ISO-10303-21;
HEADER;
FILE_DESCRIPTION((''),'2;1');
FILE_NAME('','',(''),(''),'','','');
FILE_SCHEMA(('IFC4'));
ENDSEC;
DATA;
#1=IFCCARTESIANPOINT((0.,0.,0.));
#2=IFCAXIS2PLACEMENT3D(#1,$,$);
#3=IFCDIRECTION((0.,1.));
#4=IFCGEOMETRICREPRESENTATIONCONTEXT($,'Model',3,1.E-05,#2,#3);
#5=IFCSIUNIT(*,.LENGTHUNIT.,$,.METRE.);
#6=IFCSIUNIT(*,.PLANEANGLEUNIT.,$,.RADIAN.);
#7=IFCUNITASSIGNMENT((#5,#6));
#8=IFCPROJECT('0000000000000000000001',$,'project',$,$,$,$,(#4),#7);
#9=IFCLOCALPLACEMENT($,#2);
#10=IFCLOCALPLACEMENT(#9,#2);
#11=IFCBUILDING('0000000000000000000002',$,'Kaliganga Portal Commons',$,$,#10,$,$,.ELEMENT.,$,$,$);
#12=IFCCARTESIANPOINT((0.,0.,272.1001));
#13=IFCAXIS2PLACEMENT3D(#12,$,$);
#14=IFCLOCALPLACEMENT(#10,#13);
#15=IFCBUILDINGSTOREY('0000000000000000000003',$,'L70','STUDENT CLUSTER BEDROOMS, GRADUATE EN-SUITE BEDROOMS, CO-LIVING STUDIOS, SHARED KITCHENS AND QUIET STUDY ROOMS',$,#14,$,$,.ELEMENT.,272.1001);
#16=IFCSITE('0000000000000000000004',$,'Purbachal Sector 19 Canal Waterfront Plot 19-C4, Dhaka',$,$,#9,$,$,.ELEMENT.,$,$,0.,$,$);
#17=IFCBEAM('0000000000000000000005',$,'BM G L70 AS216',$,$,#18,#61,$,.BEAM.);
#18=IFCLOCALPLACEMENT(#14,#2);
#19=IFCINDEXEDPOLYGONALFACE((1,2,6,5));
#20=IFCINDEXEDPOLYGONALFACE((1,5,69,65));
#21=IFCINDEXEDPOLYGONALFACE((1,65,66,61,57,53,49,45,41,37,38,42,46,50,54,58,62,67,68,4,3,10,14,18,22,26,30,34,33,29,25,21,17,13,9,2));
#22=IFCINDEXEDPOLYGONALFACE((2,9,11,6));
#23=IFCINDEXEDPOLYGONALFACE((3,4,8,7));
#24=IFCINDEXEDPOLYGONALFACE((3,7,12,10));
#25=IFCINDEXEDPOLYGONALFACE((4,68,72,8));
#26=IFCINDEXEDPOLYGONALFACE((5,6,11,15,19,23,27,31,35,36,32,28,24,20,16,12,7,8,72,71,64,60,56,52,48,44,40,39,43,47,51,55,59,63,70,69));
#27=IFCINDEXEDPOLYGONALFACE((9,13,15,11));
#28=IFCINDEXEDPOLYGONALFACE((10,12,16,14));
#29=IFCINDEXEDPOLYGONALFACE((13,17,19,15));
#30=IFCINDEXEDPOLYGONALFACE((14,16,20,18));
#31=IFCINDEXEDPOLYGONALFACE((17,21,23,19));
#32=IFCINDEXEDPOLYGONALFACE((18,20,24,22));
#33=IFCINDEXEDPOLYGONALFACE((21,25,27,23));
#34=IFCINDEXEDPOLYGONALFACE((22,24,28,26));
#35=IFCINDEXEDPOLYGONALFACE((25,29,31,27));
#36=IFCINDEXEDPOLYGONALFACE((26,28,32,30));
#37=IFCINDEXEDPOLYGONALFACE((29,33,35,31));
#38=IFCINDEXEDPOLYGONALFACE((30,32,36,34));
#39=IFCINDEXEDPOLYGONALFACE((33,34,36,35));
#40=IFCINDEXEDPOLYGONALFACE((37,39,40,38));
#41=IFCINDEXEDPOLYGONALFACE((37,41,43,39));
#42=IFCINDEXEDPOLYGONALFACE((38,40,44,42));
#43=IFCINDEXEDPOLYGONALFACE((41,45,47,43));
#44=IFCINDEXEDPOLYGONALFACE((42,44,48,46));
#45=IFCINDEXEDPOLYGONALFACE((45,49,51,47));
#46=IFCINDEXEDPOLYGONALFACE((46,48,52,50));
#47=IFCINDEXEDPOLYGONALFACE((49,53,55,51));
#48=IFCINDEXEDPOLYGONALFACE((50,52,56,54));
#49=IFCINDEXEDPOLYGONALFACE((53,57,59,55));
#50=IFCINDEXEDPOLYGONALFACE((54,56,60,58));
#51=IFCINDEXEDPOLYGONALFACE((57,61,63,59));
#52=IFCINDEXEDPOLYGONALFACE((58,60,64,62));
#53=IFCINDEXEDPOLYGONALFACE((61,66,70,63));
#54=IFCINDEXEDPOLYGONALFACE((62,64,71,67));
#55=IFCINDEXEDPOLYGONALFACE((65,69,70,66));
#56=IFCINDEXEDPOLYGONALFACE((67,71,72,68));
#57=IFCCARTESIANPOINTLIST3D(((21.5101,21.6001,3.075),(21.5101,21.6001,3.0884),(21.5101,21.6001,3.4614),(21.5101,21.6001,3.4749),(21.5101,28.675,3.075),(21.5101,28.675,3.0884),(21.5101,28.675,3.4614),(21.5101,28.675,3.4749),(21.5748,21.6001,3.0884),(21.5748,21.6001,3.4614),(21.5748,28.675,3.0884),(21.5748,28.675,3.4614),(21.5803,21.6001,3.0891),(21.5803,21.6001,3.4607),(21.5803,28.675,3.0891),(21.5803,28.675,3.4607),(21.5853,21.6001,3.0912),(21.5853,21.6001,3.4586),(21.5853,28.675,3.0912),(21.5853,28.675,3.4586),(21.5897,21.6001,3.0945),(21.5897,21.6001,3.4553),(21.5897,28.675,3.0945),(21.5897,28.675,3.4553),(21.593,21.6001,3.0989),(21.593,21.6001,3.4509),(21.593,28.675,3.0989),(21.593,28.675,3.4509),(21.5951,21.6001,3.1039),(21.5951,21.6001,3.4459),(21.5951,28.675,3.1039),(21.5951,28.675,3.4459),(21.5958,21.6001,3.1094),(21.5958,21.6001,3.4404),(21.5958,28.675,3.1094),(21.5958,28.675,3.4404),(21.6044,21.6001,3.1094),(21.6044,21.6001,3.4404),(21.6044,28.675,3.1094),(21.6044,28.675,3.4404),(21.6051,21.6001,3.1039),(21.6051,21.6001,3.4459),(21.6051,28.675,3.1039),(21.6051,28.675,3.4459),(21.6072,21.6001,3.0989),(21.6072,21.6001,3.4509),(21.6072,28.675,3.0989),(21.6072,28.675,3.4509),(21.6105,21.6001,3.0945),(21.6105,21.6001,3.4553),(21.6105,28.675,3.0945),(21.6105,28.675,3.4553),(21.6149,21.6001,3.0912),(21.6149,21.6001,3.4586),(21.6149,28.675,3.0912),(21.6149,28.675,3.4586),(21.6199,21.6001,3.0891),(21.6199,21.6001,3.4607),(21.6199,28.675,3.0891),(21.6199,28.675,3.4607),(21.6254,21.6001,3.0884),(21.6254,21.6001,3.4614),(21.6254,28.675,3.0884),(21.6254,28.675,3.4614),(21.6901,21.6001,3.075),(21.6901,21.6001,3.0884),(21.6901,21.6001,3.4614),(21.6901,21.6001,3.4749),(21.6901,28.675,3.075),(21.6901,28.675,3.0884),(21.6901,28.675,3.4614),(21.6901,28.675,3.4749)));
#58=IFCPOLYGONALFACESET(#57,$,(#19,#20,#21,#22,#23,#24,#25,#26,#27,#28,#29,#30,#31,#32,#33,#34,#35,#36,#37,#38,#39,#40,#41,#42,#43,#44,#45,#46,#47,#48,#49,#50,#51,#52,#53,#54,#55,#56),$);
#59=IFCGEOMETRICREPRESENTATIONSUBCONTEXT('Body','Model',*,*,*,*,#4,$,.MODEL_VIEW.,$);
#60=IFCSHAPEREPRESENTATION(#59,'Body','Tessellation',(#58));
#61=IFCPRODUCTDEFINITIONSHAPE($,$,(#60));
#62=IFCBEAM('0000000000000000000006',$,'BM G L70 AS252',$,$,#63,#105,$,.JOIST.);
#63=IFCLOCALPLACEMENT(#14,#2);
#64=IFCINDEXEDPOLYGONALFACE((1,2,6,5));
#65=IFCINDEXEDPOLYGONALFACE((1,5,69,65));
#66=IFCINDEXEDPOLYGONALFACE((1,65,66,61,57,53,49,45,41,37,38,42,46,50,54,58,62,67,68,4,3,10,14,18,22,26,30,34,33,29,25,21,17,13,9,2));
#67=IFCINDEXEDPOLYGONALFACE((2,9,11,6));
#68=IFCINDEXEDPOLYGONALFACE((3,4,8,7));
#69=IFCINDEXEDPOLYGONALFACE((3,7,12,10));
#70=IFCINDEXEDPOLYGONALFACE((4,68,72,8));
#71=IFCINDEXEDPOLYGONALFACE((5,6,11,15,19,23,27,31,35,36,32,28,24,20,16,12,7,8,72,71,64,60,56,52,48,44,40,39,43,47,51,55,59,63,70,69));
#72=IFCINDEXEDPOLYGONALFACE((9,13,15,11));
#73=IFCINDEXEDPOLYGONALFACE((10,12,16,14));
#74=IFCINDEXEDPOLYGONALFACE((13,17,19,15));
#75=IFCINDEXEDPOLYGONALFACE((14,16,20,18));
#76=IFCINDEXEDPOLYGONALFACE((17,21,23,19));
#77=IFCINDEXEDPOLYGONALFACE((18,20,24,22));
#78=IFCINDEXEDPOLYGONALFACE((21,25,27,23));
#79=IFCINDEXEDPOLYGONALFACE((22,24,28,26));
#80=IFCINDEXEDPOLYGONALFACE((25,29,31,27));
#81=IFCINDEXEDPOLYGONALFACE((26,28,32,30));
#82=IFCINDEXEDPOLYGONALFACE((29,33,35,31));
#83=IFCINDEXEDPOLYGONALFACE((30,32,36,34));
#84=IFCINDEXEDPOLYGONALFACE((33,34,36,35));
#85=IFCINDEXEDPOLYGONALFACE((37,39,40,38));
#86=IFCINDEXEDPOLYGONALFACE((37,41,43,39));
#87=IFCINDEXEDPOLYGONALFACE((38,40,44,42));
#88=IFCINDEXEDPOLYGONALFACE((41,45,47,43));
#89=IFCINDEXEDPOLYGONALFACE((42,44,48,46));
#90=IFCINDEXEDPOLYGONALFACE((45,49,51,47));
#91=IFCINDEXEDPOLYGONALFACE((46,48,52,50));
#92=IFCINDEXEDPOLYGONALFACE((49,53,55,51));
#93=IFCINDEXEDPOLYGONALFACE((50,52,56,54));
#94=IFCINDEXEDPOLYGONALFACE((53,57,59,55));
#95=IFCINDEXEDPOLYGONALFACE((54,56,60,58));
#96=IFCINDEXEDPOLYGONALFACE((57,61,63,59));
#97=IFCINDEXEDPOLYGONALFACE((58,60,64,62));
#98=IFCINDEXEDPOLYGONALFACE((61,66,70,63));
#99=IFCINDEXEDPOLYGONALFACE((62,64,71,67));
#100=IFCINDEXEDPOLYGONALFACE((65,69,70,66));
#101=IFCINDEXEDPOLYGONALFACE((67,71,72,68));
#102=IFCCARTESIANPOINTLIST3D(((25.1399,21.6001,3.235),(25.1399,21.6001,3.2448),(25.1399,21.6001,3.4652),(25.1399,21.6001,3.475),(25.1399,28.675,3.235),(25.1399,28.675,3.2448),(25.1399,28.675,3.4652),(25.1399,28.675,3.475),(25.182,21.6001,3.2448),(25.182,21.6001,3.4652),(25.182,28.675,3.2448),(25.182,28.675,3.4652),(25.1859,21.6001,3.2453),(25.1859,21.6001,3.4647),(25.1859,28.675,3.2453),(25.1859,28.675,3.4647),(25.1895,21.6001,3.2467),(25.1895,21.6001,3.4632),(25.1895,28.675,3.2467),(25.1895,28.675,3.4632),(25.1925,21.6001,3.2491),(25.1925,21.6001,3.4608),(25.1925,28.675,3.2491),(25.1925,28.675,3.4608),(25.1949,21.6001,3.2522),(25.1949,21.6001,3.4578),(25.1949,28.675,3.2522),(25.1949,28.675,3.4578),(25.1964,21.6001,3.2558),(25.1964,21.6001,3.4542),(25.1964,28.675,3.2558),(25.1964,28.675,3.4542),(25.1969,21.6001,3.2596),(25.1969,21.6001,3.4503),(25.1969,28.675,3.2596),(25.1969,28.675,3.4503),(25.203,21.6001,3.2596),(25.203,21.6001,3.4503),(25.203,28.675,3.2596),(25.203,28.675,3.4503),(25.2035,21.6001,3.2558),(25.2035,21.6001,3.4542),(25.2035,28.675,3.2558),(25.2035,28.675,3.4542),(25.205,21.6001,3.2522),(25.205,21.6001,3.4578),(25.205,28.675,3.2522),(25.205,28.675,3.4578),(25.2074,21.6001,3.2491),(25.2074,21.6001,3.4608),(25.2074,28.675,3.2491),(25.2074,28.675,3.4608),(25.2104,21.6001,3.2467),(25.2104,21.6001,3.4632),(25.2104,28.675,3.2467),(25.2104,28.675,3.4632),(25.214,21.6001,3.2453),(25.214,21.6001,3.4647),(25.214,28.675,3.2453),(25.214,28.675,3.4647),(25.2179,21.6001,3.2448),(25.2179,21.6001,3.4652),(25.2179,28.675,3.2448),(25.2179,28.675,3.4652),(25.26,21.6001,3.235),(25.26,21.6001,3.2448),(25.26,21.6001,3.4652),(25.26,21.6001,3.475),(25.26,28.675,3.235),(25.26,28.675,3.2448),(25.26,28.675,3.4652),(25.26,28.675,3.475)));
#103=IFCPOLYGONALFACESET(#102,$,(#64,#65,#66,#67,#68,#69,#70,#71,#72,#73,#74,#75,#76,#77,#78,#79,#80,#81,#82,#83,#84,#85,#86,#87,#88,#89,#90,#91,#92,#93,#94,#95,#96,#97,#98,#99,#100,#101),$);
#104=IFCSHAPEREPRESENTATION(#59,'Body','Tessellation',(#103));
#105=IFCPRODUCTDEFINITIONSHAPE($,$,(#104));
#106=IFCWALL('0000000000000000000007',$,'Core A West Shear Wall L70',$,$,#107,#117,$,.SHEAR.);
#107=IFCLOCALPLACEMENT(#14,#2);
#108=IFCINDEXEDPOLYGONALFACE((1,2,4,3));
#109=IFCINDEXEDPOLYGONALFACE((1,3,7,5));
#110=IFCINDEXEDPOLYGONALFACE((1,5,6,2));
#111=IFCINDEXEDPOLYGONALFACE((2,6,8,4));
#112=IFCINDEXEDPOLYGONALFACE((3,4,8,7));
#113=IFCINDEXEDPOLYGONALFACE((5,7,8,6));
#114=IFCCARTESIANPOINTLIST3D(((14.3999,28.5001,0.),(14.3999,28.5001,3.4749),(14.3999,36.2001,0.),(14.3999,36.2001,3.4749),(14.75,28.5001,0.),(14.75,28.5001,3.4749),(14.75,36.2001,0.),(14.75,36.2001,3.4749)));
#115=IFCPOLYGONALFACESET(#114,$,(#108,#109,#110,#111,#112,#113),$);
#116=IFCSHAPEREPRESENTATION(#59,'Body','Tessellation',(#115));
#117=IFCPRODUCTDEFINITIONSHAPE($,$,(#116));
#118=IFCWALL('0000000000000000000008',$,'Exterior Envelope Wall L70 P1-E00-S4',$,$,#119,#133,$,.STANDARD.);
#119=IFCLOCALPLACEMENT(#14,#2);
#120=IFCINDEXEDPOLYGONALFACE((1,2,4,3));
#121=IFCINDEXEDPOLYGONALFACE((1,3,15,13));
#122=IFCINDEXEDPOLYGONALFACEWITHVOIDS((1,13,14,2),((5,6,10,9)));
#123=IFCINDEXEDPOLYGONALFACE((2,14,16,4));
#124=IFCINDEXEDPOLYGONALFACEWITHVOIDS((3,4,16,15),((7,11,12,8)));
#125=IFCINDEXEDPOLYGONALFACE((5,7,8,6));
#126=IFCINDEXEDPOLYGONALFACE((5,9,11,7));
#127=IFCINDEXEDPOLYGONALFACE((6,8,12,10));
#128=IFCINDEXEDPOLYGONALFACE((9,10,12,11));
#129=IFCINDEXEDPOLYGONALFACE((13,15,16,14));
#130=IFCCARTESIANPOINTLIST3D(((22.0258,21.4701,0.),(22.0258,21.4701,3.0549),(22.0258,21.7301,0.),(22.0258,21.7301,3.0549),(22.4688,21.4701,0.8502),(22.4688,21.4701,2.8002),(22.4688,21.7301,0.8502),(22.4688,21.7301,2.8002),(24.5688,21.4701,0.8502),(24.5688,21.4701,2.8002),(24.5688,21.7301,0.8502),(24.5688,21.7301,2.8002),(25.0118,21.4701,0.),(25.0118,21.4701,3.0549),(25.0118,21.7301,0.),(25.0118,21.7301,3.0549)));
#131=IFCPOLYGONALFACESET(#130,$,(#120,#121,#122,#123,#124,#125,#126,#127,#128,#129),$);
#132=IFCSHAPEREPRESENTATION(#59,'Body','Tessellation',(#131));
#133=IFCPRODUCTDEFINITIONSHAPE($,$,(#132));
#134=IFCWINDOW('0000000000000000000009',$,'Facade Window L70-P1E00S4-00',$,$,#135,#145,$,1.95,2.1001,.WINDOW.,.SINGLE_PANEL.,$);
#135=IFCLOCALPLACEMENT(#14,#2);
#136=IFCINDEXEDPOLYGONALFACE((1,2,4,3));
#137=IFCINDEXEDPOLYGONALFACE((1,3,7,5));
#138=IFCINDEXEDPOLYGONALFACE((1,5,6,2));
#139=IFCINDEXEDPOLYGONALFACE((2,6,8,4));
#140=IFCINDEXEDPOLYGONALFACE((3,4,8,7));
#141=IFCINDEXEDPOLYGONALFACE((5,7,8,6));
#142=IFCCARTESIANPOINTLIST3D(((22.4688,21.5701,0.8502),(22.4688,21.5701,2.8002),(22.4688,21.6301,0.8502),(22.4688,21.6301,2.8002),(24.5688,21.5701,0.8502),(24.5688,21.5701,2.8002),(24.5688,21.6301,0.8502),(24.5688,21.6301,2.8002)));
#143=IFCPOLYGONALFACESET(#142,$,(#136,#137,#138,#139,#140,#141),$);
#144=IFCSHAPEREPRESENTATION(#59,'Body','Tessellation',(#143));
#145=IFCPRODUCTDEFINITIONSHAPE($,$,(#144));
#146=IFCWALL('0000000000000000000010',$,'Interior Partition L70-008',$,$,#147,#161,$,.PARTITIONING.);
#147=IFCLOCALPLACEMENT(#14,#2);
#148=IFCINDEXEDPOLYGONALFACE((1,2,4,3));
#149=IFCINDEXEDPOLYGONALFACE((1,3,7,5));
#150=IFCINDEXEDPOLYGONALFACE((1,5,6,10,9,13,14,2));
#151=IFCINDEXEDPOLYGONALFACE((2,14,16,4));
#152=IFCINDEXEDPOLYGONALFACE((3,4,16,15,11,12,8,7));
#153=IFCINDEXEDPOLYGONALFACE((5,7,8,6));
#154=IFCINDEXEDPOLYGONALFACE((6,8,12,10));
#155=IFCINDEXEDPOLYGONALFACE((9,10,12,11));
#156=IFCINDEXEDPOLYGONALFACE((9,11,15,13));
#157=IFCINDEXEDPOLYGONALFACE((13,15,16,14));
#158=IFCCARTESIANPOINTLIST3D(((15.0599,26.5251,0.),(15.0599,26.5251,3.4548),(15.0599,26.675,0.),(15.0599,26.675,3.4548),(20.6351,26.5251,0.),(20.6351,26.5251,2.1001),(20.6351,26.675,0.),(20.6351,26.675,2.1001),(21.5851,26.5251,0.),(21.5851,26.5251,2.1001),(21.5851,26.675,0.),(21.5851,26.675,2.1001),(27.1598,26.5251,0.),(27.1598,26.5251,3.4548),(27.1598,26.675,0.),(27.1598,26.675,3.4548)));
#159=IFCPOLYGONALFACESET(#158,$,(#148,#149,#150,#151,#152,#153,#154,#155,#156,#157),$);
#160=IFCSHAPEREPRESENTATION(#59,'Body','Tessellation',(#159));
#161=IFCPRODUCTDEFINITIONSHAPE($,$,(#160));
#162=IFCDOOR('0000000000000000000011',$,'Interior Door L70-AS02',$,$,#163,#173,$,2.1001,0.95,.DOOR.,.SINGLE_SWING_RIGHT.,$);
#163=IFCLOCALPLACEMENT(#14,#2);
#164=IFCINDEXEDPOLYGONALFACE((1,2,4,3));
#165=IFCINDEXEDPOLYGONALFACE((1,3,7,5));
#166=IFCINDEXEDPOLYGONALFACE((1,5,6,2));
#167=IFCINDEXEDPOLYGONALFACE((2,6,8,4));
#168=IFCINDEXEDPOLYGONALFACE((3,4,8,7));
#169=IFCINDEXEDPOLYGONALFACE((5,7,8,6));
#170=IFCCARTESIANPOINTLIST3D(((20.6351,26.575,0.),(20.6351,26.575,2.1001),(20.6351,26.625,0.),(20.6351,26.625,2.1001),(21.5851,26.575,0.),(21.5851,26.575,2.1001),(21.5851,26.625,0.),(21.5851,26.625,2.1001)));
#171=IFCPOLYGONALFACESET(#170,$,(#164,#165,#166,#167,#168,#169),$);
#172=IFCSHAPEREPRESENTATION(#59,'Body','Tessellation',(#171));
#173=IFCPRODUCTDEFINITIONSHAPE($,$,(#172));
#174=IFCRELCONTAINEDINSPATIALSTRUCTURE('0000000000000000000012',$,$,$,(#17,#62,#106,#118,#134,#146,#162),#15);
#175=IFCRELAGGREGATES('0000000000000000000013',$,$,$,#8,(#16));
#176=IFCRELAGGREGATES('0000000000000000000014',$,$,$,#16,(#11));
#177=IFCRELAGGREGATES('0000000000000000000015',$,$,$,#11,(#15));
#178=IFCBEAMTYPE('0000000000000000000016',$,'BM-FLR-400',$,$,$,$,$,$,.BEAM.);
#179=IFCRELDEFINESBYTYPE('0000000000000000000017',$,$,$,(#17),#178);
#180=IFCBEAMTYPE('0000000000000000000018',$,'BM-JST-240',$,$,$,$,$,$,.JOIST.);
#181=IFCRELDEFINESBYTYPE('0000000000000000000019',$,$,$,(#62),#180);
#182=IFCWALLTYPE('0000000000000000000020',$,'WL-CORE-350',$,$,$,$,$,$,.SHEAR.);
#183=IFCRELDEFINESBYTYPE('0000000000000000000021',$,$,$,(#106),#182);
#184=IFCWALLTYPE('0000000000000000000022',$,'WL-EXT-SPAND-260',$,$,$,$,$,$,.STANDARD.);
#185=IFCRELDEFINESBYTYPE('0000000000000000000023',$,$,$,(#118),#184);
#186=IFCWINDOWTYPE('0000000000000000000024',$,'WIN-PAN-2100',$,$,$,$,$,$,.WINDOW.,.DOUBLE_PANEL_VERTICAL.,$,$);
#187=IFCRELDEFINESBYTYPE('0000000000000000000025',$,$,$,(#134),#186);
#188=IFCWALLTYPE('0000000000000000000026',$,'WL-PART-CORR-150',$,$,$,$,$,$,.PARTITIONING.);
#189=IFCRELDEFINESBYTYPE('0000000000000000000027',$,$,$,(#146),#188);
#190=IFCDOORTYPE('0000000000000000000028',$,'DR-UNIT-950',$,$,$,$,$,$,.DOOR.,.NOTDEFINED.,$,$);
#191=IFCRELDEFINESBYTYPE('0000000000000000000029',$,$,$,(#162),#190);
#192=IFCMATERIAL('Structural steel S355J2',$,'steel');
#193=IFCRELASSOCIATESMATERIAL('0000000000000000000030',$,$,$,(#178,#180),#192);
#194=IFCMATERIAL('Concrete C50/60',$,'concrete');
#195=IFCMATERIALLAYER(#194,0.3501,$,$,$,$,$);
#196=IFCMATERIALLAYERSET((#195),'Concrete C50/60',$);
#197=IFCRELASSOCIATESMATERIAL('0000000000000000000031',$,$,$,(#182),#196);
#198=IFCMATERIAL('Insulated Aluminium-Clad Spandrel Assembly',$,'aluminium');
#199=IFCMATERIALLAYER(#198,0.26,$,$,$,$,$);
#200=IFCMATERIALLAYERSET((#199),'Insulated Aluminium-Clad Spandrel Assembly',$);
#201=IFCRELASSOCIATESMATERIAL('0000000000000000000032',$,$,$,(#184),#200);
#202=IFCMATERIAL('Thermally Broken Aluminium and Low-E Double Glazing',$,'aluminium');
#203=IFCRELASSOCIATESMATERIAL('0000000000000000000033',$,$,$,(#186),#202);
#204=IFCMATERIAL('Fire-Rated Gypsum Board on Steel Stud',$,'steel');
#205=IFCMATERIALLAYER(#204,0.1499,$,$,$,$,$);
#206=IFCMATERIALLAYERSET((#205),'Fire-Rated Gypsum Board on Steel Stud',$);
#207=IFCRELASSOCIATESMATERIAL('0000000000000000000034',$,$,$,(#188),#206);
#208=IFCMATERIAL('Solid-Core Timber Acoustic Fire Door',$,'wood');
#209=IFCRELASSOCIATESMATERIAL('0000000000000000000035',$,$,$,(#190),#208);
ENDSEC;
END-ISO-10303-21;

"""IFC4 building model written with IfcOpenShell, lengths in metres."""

from ifc_helpers import new_model, si_unit, direction, frame, frame_2d, origin, origin_2d, place, context, subcontext, project, spatial, rectangle, i_section, extrude, source, transform, mapped, material, layer, layer_set, material_profile, profile_set, type_object, element, fill, save


model = new_model("IFC4")

# Units and contexts
model_context = context("Model", 3, precision=1e-05, world=origin(), true_north=direction((0.0, 1.0)))
body_context = subcontext(model_context, "Body", "Model", "MODEL_VIEW")
ifc_project = project(units=[si_unit("LENGTHUNIT", "METRE"), si_unit("PLANEANGLEUNIT", "RADIAN")], contexts=[model_context])

# Site, building, storey
site_placement = place(None, origin())
site = spatial("IfcSite", under=ifc_project, at=site_placement, Name="Purbachal Sector 19 Canal Waterfront Plot 19-C4, Dhaka", CompositionType="ELEMENT", RefElevation=0.0)
building_placement = place(site_placement, origin())
building = spatial("IfcBuilding", under=site, at=building_placement, Name="Kaliganga Portal Commons", CompositionType="ELEMENT")
storey_placement = place(building_placement, frame((0.0, 0.0, 272.1001)))
storey = spatial("IfcBuildingStorey", under=building, at=storey_placement, Name="L70", Description="STUDENT CLUSTER BEDROOMS, GRADUATE EN-SUITE BEDROOMS, CO-LIVING STUDIOS, SHARED KITCHENS AND QUIET STUDY ROOMS", CompositionType="ELEMENT", Elevation=272.1001)

# Shared definitions
ifc_material_1 = material(Name="Concrete C50/60", Category="concrete")
ifc_material_2 = material(Name="Structural steel S355J2", Category="steel")

# Beams
ifc_material_profile_1 = material_profile(ifc_material_2, i_section(OverallWidth=0.1799, OverallDepth=0.3999, WebThickness=0.0085, FlangeThickness=0.0134, FilletRadius=0.021, at=origin_2d()), Name="IPE 400")
ifc_profile_set_1 = profile_set([ifc_material_profile_1], Name="Structural steel S355J2 wide-flange")
beam_type_1 = type_object("IfcBeamType", Name="BM-FLR-400", PredefinedType="BEAM", material=ifc_profile_set_1)
shared_shape_1 = source(origin(), body_context, "Body", "SweptSolid", [
    extrude(i_section(OverallWidth=0.1799, OverallDepth=0.3999, WebThickness=0.0085, FlangeThickness=0.0134, FilletRadius=0.021, at=origin_2d()), origin(), (0.0, 0.0, 1.0), 7.075),
])
beam_1_placement = place(storey_placement, frame((21.6001, 21.6001, 3.2749), z_axis=(0.0, 1.0, 0.0), x_axis=(-1.0, 0.0, 0.0)))
element("IfcBeam", 1, at=beam_1_placement, inside=storey, type_object=beam_type_1, Name="BM G L70 AS216", PredefinedType="BEAM", context=body_context, shape_type="MappedRepresentation", body=[
    mapped(shared_shape_1, transform((0.0, 0.0, 0.0), x_axis=(1.0, 0.0, 0.0), y_axis=(0.0, 1.0, 0.0), z_axis=(0.0, 0.0, 1.0), scale=1.0)),
])
ifc_material_profile_2 = material_profile(ifc_material_2, i_section(OverallWidth=0.1201, OverallDepth=0.24, WebThickness=0.0061, FlangeThickness=0.0098, FilletRadius=0.0149, at=origin_2d()), Name="IPE 240")
ifc_profile_set_2 = profile_set([ifc_material_profile_2], Name="Structural steel S355J2 wide-flange")
beam_type_2 = type_object("IfcBeamType", Name="BM-JST-240", PredefinedType="JOIST", material=ifc_profile_set_2)
shared_shape_2 = source(origin(), body_context, "Body", "SweptSolid", [
    extrude(i_section(OverallWidth=0.1201, OverallDepth=0.24, WebThickness=0.0061, FlangeThickness=0.0098, FilletRadius=0.0149, at=origin_2d()), origin(), (0.0, 0.0, 1.0), 7.075),
])
beam_2_placement = place(storey_placement, frame((25.2, 21.6001, 3.355), z_axis=(0.0, 1.0, 0.0), x_axis=(-1.0, 0.0, 0.0)))
element("IfcBeam", 2, at=beam_2_placement, inside=storey, type_object=beam_type_2, Name="BM G L70 AS252", PredefinedType="JOIST", context=body_context, shape_type="MappedRepresentation", body=[
    mapped(shared_shape_2, transform((0.0, 0.0, 0.0), x_axis=(1.0, 0.0, 0.0), y_axis=(0.0, 1.0, 0.0), z_axis=(0.0, 0.0, 1.0), scale=1.0)),
])

# Wall
ifc_layer_1 = layer(ifc_material_1, 0.3501)
ifc_layer_set_1 = layer_set([ifc_layer_1], Name="Concrete C50/60")
wall_type_1 = type_object("IfcWallType", Name="WL-CORE-350", PredefinedType="SHEAR", material=ifc_layer_set_1)
wall_1_placement = place(storey_placement, frame((14.575, 28.5, 0.0), z_axis=(0.0, 0.0, 1.0), x_axis=(0.0, 1.0, 0.0)))
element("IfcWall", 3, at=wall_1_placement, inside=storey, type_object=wall_type_1, Name="Core A West Shear Wall L70", PredefinedType="SHEAR", context=body_context, shape_type="SweptSolid", body=[
    extrude(rectangle(XDim=7.7, YDim=0.3501, at=frame_2d((3.8501, 0.0))), origin(), (0.0, 0.0, 1.0), 3.4749),
])

# Wall, opening, window
ifc_material_3 = material(Name="Insulated Aluminium-Clad Spandrel Assembly", Category="aluminium")
ifc_layer_2 = layer(ifc_material_3, 0.26)
ifc_layer_set_2 = layer_set([ifc_layer_2], Name="Insulated Aluminium-Clad Spandrel Assembly")
wall_type_2 = type_object("IfcWallType", Name="WL-EXT-SPAND-260", PredefinedType="STANDARD", material=ifc_layer_set_2)
wall_2_placement = place(storey_placement, frame((25.012, 21.6001, 0.0), z_axis=(0.0, 0.0, 1.0), x_axis=(-1.0, 0.0, 0.0)))
wall_2 = element("IfcWall", 4, at=wall_2_placement, inside=storey, type_object=wall_type_2, Name="Exterior Envelope Wall L70 P1-E00-S4", PredefinedType="STANDARD", context=body_context, shape_type="SweptSolid", body=[
    extrude(rectangle(XDim=2.9861, YDim=0.26, at=frame_2d((1.4932, 0.0))), origin(), (0.0, 0.0, 1.0), 3.0549),
])
opening_1_placement = place(wall_2_placement, frame((0.4431, 0.0, 0.8501)))
opening_1 = element("IfcOpeningElement", 5, at=opening_1_placement, cuts=wall_2, PredefinedType="OPENING", context=body_context, shape_type="SweptSolid", body=[
    extrude(rectangle(XDim=2.1001, YDim=1.95, at=frame_2d((1.05, 0.9751))), frame((0.0, 0.1401, 0.0), z_axis=(0.0, -1.0, 0.0), x_axis=(1.0, 0.0, 0.0)), (0.0, 0.0, 1.0), 0.28),
])
ifc_material_4 = material(Name="Thermally Broken Aluminium and Low-E Double Glazing", Category="aluminium")
window_type = type_object("IfcWindowType", Name="WIN-PAN-2100", PartitioningType="DOUBLE_PANEL_VERTICAL", PredefinedType="WINDOW", material=ifc_material_4)
window_placement = place(opening_1_placement, origin())
window = element("IfcWindow", 6, at=window_placement, inside=storey, type_object=window_type, Name="Facade Window L70-P1E00S4-00", OverallHeight=1.95, OverallWidth=2.1001, PartitioningType="SINGLE_PANEL", PredefinedType="WINDOW", context=body_context, shape_type="SweptSolid", body=[
    extrude(rectangle(XDim=2.1001, YDim=1.95, at=frame_2d((1.05, 0.9751))), frame((0.0, 0.03, 0.0), z_axis=(0.0, -1.0, 0.0), x_axis=(1.0, 0.0, 0.0)), (0.0, 0.0, 1.0), 0.0601),
])
fill(opening_1, window)

# Wall, opening, door
ifc_material_5 = material(Name="Fire-Rated Gypsum Board on Steel Stud", Category="steel")
ifc_layer_3 = layer(ifc_material_5, 0.1499)
ifc_layer_set_3 = layer_set([ifc_layer_3], Name="Fire-Rated Gypsum Board on Steel Stud")
wall_type_3 = type_object("IfcWallType", Name="WL-PART-CORR-150", PredefinedType="PARTITIONING", material=ifc_layer_set_3)
wall_3_placement = place(storey_placement, frame((15.0601, 26.6001, 0.0), z_axis=(0.0, 0.0, 1.0), x_axis=(1.0, 0.0, 0.0)))
wall_3 = element("IfcWall", 7, at=wall_3_placement, inside=storey, type_object=wall_type_3, Name="Interior Partition L70-008", PredefinedType="PARTITIONING", context=body_context, shape_type="SweptSolid", body=[
    extrude(rectangle(XDim=12.0999, YDim=0.1499, at=frame_2d((6.0498, 0.0))), origin(), (0.0, 0.0, 1.0), 3.4548),
])
opening_2_placement = place(wall_3_placement, frame((5.575, 0.0, 0.0)))
opening_2 = element("IfcOpeningElement", 8, at=opening_2_placement, cuts=wall_3, PredefinedType="OPENING", context=body_context, shape_type="SweptSolid", body=[
    extrude(rectangle(XDim=0.95, YDim=2.1001, at=frame_2d((0.4751, 1.05))), frame((0.0, 0.085, 0.0), z_axis=(0.0, -1.0, 0.0), x_axis=(1.0, 0.0, 0.0)), (0.0, 0.0, 1.0), 0.1699),
])
ifc_material_6 = material(Name="Solid-Core Timber Acoustic Fire Door", Category="wood")
door_type_1 = type_object("IfcDoorType", Name="DR-UNIT-950", OperationType="NOTDEFINED", PredefinedType="DOOR", material=ifc_material_6)
door_1_placement = place(opening_2_placement, origin())
door_1 = element("IfcDoor", 9, at=door_1_placement, inside=storey, type_object=door_type_1, Name="Interior Door L70-AS02", OperationType="SINGLE_SWING_RIGHT", OverallHeight=2.1001, OverallWidth=0.95, PredefinedType="DOOR", context=body_context, shape_type="SweptSolid", body=[
    extrude(rectangle(XDim=0.95, YDim=2.1001, at=frame_2d((0.4751, 1.05))), frame((0.0, 0.0249, 0.0), z_axis=(0.0, -1.0, 0.0), x_axis=(1.0, 0.0, 0.0)), (0.0, 0.0, 1.0), 0.05),
])
fill(opening_2, door_1)

save(model, "model.ifc")
